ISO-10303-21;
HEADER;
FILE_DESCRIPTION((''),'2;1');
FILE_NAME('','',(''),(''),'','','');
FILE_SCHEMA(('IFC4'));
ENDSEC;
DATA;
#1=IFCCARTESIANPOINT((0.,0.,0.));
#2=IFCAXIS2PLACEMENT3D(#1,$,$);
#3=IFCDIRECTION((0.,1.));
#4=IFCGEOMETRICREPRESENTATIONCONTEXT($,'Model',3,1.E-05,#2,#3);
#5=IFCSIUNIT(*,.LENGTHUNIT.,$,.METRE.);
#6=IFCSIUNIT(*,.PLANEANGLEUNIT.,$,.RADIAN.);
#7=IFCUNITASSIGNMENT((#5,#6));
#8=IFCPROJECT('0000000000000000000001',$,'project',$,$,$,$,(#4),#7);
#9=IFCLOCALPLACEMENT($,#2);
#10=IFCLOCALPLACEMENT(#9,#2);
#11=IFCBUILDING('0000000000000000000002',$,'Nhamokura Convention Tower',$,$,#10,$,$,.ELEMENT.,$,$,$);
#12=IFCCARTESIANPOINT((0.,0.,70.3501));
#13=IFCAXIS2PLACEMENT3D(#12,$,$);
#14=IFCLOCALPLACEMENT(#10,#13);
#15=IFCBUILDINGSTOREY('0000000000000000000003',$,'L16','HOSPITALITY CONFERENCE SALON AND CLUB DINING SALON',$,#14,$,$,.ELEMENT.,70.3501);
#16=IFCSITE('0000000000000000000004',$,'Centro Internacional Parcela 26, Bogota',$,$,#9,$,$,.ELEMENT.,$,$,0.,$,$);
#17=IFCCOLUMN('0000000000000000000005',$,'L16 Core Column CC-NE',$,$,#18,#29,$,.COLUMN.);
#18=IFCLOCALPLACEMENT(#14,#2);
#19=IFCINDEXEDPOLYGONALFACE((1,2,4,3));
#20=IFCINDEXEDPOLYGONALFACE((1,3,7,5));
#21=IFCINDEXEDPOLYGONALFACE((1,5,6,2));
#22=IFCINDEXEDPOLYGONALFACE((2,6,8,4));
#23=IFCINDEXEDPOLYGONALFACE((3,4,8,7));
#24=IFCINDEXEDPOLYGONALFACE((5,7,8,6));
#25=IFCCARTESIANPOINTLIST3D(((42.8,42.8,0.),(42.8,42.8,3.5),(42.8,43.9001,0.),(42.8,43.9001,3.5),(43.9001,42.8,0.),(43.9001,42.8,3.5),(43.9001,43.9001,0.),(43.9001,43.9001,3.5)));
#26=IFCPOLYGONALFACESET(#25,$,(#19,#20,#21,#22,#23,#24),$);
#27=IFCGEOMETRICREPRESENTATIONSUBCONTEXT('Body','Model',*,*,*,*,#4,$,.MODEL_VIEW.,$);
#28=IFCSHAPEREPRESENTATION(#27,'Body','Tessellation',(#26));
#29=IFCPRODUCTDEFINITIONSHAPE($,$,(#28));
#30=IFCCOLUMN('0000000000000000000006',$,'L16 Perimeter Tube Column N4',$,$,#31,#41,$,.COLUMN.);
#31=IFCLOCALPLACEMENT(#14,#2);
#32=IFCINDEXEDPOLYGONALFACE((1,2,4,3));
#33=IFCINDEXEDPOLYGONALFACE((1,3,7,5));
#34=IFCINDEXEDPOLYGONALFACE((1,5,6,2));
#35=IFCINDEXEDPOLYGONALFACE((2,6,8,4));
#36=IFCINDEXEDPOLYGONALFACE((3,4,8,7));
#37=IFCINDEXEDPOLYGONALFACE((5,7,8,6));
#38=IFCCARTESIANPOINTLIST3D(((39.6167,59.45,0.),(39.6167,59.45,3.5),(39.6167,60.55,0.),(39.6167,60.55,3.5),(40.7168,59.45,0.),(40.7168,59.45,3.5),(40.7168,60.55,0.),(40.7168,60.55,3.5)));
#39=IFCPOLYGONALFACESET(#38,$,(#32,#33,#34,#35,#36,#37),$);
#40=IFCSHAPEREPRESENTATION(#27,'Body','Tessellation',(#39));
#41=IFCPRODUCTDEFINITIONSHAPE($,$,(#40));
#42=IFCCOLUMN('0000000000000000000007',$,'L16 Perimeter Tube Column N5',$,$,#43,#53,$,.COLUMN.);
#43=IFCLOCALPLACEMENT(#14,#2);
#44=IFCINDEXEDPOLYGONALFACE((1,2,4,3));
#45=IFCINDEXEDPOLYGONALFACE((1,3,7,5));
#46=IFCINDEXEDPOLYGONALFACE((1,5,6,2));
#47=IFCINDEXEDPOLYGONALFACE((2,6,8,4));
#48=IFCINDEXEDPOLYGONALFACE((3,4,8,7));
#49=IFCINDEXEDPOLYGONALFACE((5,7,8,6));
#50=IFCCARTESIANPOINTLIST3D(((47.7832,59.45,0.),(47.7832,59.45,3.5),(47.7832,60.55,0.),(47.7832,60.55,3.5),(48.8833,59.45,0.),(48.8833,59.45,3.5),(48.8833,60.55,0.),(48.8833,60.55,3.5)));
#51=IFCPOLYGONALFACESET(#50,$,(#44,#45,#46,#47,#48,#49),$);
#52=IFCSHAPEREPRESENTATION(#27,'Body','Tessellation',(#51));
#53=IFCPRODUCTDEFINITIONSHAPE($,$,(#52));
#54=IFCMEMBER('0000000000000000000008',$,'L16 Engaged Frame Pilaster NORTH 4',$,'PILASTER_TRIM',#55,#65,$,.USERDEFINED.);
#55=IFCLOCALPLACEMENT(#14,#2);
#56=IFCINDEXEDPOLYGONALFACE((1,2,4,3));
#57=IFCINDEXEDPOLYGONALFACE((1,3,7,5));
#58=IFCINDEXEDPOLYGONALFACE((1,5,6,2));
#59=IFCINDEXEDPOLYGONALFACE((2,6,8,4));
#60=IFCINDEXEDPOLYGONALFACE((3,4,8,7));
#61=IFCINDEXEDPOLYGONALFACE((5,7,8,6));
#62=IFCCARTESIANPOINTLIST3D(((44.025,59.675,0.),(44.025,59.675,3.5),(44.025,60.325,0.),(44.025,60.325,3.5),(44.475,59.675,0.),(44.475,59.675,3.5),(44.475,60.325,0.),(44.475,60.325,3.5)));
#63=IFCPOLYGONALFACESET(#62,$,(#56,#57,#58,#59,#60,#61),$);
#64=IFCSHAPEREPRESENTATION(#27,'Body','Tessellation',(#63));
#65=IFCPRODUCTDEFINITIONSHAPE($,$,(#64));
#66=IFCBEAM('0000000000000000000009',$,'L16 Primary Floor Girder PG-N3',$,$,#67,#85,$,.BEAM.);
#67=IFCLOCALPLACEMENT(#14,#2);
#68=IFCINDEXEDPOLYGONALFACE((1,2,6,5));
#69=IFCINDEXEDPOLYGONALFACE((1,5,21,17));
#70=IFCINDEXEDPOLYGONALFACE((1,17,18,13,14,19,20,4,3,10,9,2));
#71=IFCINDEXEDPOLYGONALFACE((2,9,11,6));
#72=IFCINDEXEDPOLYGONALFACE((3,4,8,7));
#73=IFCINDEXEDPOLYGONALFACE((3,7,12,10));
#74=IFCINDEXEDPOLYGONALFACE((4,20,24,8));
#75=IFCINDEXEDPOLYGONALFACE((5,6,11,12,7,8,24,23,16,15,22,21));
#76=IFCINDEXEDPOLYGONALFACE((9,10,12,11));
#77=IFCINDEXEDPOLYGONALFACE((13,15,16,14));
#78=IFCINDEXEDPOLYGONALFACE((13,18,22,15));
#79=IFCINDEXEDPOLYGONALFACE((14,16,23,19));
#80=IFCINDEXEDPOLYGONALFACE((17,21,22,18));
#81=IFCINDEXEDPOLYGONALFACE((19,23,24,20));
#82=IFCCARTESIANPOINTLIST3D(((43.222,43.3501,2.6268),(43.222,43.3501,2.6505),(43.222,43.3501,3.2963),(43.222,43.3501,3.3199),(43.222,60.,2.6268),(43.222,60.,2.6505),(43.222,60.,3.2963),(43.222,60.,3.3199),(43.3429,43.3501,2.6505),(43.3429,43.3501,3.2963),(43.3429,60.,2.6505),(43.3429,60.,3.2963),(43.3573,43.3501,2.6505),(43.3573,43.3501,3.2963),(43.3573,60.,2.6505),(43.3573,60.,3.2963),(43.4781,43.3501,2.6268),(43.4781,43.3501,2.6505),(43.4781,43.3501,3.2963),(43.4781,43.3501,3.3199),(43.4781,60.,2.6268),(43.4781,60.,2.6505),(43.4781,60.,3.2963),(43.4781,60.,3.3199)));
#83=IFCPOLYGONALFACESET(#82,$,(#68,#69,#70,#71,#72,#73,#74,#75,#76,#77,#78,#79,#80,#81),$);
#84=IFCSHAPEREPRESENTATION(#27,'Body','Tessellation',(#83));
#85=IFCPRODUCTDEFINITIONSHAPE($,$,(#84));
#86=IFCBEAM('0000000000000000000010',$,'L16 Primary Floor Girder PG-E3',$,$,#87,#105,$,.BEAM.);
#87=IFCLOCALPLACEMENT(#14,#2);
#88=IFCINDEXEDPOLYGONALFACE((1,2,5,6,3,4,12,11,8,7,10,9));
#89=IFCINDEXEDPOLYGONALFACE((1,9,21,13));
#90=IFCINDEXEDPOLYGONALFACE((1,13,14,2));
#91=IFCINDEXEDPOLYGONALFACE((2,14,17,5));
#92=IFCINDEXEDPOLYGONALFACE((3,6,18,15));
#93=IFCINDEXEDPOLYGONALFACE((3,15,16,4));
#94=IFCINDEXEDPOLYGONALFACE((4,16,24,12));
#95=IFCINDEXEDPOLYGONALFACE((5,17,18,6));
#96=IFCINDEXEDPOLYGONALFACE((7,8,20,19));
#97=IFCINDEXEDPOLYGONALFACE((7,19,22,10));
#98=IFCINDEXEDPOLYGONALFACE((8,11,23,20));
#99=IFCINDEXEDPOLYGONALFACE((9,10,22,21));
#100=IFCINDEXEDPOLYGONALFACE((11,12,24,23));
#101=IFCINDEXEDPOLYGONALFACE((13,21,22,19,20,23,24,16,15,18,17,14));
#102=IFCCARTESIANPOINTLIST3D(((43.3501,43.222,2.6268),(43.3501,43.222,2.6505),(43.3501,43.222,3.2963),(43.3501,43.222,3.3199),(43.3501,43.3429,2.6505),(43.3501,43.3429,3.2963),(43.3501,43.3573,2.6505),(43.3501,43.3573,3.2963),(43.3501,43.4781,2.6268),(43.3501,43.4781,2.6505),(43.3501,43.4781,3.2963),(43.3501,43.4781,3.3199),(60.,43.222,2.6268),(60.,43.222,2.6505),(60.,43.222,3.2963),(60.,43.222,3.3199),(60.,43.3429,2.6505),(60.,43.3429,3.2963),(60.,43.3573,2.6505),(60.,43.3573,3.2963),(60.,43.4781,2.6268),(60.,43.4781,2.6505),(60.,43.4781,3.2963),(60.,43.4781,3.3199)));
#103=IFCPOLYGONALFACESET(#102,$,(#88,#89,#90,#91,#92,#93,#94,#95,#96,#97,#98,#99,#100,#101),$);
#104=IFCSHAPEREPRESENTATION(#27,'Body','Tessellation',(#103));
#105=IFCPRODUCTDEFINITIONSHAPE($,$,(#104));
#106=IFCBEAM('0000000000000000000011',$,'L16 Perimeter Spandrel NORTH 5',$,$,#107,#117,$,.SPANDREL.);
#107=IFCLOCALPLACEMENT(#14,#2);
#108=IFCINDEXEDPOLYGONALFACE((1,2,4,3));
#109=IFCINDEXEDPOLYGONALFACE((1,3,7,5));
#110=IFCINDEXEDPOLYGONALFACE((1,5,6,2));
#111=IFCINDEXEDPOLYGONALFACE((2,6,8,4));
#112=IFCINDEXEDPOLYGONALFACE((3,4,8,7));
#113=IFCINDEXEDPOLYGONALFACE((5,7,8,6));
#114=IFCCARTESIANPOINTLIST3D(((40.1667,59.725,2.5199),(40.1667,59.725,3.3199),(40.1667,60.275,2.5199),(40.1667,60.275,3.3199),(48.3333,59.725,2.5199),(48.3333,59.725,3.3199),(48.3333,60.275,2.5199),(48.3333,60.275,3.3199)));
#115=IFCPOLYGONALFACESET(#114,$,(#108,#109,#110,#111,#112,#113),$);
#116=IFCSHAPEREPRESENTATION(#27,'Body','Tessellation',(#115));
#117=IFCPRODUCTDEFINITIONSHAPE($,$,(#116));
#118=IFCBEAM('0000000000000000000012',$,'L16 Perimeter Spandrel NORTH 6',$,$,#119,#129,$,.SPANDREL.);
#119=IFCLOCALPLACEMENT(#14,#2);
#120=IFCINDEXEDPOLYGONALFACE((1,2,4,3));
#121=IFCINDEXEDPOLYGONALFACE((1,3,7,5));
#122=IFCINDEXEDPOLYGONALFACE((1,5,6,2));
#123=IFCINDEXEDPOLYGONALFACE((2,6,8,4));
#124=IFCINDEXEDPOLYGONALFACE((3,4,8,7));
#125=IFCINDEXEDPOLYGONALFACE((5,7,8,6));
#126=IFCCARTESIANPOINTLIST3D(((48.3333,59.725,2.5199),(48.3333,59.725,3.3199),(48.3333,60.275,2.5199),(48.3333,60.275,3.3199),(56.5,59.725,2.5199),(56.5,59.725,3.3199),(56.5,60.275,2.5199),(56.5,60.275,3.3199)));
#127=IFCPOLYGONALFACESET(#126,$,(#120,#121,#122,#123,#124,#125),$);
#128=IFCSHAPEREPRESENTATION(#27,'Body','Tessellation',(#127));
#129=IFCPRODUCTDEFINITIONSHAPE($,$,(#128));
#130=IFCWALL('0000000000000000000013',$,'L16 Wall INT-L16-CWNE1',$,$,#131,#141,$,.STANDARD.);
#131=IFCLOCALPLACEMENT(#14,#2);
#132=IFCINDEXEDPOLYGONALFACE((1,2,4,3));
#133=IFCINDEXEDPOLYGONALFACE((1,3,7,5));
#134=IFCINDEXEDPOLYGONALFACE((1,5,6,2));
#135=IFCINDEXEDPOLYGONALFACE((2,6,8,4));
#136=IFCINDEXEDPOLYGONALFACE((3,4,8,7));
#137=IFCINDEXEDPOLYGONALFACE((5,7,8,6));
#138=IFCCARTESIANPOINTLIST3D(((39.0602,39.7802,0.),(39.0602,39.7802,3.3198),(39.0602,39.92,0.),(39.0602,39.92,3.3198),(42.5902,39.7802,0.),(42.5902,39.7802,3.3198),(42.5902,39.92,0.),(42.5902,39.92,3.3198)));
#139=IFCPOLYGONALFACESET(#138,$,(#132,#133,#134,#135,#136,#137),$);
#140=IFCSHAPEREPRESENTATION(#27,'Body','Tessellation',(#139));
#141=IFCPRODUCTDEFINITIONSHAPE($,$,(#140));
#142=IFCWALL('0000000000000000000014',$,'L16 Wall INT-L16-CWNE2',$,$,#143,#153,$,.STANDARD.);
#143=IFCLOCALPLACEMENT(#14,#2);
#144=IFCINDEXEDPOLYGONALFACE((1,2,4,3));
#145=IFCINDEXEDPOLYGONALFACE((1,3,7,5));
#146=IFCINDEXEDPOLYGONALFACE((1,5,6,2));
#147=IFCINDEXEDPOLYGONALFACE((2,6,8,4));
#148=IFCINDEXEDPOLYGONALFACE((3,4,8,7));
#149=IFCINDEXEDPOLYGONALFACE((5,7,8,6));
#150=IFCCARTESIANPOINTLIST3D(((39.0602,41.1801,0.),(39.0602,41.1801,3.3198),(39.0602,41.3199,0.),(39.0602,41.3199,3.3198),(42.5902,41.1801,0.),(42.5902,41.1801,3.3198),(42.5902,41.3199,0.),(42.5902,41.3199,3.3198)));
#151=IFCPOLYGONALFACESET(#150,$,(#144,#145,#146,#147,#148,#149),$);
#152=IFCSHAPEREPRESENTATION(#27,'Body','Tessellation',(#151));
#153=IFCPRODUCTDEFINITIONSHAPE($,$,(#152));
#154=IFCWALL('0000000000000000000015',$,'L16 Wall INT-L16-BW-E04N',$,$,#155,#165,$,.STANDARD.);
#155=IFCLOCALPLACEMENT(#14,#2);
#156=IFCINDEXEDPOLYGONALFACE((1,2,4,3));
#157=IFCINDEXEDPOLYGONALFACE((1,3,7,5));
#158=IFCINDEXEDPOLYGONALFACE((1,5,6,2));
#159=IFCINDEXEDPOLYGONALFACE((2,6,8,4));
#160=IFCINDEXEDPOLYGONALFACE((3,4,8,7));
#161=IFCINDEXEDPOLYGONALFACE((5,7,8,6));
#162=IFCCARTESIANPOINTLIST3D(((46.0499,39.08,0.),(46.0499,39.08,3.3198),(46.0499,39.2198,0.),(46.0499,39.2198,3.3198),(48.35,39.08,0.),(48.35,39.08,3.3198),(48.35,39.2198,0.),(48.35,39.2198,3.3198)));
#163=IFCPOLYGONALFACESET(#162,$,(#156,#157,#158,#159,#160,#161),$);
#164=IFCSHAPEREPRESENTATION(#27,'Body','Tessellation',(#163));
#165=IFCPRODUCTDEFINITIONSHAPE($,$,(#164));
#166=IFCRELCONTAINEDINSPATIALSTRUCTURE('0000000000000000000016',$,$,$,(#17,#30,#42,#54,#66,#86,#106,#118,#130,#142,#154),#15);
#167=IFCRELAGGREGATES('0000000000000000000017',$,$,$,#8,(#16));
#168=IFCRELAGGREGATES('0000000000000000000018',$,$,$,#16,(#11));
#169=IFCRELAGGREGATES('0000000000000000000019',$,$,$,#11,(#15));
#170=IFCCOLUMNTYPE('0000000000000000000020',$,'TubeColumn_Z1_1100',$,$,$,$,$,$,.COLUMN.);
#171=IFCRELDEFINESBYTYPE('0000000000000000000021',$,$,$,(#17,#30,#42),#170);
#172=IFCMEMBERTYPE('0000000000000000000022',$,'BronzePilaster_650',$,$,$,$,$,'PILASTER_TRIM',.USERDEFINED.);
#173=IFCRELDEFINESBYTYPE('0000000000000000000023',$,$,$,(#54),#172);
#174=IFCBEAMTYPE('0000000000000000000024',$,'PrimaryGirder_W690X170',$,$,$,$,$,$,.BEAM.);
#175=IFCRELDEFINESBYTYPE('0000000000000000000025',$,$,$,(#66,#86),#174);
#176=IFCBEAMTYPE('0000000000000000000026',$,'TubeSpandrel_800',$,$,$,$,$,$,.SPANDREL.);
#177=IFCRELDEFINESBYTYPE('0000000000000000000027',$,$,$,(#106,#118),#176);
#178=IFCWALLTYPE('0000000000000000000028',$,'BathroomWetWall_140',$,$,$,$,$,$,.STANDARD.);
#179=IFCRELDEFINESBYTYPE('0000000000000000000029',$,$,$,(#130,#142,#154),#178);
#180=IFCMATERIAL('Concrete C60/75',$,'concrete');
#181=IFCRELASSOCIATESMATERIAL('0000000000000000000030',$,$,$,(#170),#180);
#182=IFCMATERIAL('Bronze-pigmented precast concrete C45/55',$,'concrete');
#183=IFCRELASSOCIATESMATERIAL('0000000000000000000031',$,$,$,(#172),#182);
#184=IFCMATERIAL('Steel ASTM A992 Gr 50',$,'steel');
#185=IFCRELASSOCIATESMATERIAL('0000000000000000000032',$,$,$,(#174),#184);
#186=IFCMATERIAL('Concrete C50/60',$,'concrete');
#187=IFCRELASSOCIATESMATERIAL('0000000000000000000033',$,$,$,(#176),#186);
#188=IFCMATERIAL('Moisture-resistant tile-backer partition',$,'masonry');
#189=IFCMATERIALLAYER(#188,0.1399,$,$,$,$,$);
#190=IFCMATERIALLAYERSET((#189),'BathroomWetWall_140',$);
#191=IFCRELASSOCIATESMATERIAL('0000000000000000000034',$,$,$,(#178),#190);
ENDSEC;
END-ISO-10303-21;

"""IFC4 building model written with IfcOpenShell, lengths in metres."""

from ifc_helpers import new_model, si_unit, direction, frame, frame_2d, origin, origin_2d, place, context, subcontext, project, spatial, rectangle, i_section, extrude, material, layer, layer_set, material_profile, profile_set, type_object, element, save


model = new_model("IFC4")

# Units and contexts
model_context = context("Model", 3, precision=1e-05, world=origin(), true_north=direction((0.0, 1.0)))
body_context = subcontext(model_context, "Body", "Model", "MODEL_VIEW")
ifc_project = project(units=[si_unit("LENGTHUNIT", "METRE"), si_unit("PLANEANGLEUNIT", "RADIAN")], contexts=[model_context])

# Site, building, storey
site_placement = place(None, origin())
site = spatial("IfcSite", under=ifc_project, at=site_placement, Name="Centro Internacional Parcela 26, Bogota", CompositionType="ELEMENT", RefElevation=0.0)
building_placement = place(site_placement, origin())
building = spatial("IfcBuilding", under=site, at=building_placement, Name="Nhamokura Convention Tower", CompositionType="ELEMENT")
storey_placement = place(building_placement, frame((0.0, 0.0, 70.3501)))
storey = spatial("IfcBuildingStorey", under=building, at=storey_placement, Name="L16", Description="HOSPITALITY CONFERENCE SALON AND CLUB DINING SALON", CompositionType="ELEMENT", Elevation=70.3501)

# Columns
ifc_material_1 = material(Name="Concrete C60/75", Category="concrete")
ifc_material_profile_1 = material_profile(ifc_material_1, rectangle(XDim=1.1001, YDim=1.1001, at=origin_2d()))
ifc_profile_set_1 = profile_set([ifc_material_profile_1], Name="Concrete C60/75")
column_type = type_object("IfcColumnType", Name="TubeColumn_Z1_1100", PredefinedType="COLUMN", material=ifc_profile_set_1)
for number, where, z_axis, x_axis, name in (
    (1, (43.3501, 43.3501, 0.0), (0.0, 0.0, 1.0), (1.0, 0.0, 0.0), "L16 Core Column CC-NE"),
    (2, (40.1667, 60.0, 0.0), (0.0, 0.0, 1.0), (1.0, 0.0, 0.0), "L16 Perimeter Tube Column N4"),
    (3, (48.3333, 60.0, 0.0), (0.0, 0.0, 1.0), (1.0, 0.0, 0.0), "L16 Perimeter Tube Column N5"),
):
    element("IfcColumn", number, at=place(storey_placement, frame(where, z_axis=z_axis, x_axis=x_axis)), inside=storey, type_object=column_type, Name=name, PredefinedType="COLUMN", context=body_context, shape_type="SweptSolid", body=[
        extrude(rectangle(XDim=1.1001, YDim=1.1001, at=origin_2d()), origin(), (0.0, 0.0, 1.0), 3.5),
    ])

# Member
ifc_material_2 = material(Name="Bronze-pigmented precast concrete C45/55", Category="concrete")
ifc_material_profile_2 = material_profile(ifc_material_2, rectangle(XDim=0.45, YDim=0.6499, at=origin_2d()))
ifc_profile_set_2 = profile_set([ifc_material_profile_2], Name="Bronze-pigmented precast concrete C45/55")
member_type = type_object("IfcMemberType", Name="BronzePilaster_650", ElementType="PILASTER_TRIM", PredefinedType="USERDEFINED", material=ifc_profile_set_2)
member_placement = place(storey_placement, frame((44.25, 60.0, 0.0), z_axis=(0.0, 0.0, 1.0), x_axis=(1.0, 0.0, 0.0)))
element("IfcMember", 4, at=member_placement, inside=storey, type_object=member_type, Name="L16 Engaged Frame Pilaster NORTH 4", ObjectType="PILASTER_TRIM", PredefinedType="USERDEFINED", context=body_context, shape_type="SweptSolid", body=[
    extrude(rectangle(XDim=0.45, YDim=0.6499, at=origin_2d()), origin(), (0.0, 0.0, 1.0), 3.5),
])

# Beams
ifc_material_3 = material(Name="Steel ASTM A992 Gr 50", Category="steel")
ifc_material_profile_3 = material_profile(ifc_material_3, i_section(OverallWidth=0.2561, OverallDepth=0.6931, WebThickness=0.0144, FlangeThickness=0.0237, at=origin_2d()))
ifc_profile_set_3 = profile_set([ifc_material_profile_3], Name="Steel ASTM A992 Gr 50")
beam_type_1 = type_object("IfcBeamType", Name="PrimaryGirder_W690X170", PredefinedType="BEAM", material=ifc_profile_set_3)
for number, where, z_axis, x_axis, name in (
    (5, (43.3501, 43.3501, 2.9734), (0.0, 1.0, 0.0), (-1.0, 0.0, 0.0), "L16 Primary Floor Girder PG-N3"),
    (6, (43.3501, 43.3501, 2.9734), (1.0, 0.0, 0.0), (0.0, 1.0, 0.0), "L16 Primary Floor Girder PG-E3"),
):
    element("IfcBeam", number, at=place(storey_placement, frame(where, z_axis=z_axis, x_axis=x_axis)), inside=storey, type_object=beam_type_1, Name=name, PredefinedType="BEAM", context=body_context, shape_type="SweptSolid", body=[
        extrude(i_section(OverallWidth=0.2561, OverallDepth=0.6931, WebThickness=0.0144, FlangeThickness=0.0237, at=origin_2d()), origin(), (0.0, 0.0, 1.0), 16.6499),
    ])
ifc_material_4 = material(Name="Concrete C50/60", Category="concrete")
ifc_material_profile_4 = material_profile(ifc_material_4, rectangle(XDim=0.55, YDim=0.8, at=origin_2d()))
ifc_profile_set_4 = profile_set([ifc_material_profile_4], Name="Concrete C50/60")
beam_type_2 = type_object("IfcBeamType", Name="TubeSpandrel_800", PredefinedType="SPANDREL", material=ifc_profile_set_4)
beam_1_placement = place(storey_placement, frame((40.1667, 60.0, 2.9199), z_axis=(1.0, 0.0, 0.0), x_axis=(0.0, 1.0, 0.0)))
element("IfcBeam", 7, at=beam_1_placement, inside=storey, type_object=beam_type_2, Name="L16 Perimeter Spandrel NORTH 5", PredefinedType="SPANDREL", context=body_context, shape_type="SweptSolid", body=[
    extrude(rectangle(XDim=0.55, YDim=0.8, at=origin_2d()), origin(), (0.0, 0.0, 1.0), 8.1665),
])
beam_2_placement = place(storey_placement, frame((48.3333, 60.0, 2.9199), z_axis=(1.0, 0.0, 0.0), x_axis=(0.0, 1.0, 0.0)))
element("IfcBeam", 8, at=beam_2_placement, inside=storey, type_object=beam_type_2, Name="L16 Perimeter Spandrel NORTH 6", PredefinedType="SPANDREL", context=body_context, shape_type="SweptSolid", body=[
    extrude(rectangle(XDim=0.55, YDim=0.8, at=origin_2d()), origin(), (0.0, 0.0, 1.0), 8.1667),
])

# Walls
ifc_material_5 = material(Name="Moisture-resistant tile-backer partition", Category="masonry")
ifc_layer_1 = layer(ifc_material_5, 0.1399)
ifc_layer_set_1 = layer_set([ifc_layer_1], Name="BathroomWetWall_140")
wall_type_1 = type_object("IfcWallType", Name="BathroomWetWall_140", PredefinedType="STANDARD", material=ifc_layer_set_1)
for number, where, z_axis, x_axis, name in (
    (9, (39.0601, 39.8501, 0.0), (0.0, 0.0, 1.0), (1.0, 0.0, 0.0), "L16 Wall INT-L16-CWNE1"),
    (10, (39.0601, 41.25, 0.0), (0.0, 0.0, 1.0), (1.0, 0.0, 0.0), "L16 Wall INT-L16-CWNE2"),
):
    element("IfcWall", number, at=place(storey_placement, frame(where, z_axis=z_axis, x_axis=x_axis)), inside=storey, type_object=wall_type_1, Name=name, PredefinedType="STANDARD", context=body_context, shape_type="SweptSolid", body=[
        extrude(rectangle(XDim=3.53, YDim=0.1399, at=frame_2d((1.7651, 0.0))), origin(), (0.0, 0.0, 1.0), 3.3198),
    ])
wall_1_placement = place(storey_placement, frame((46.05, 39.1499, 0.0), z_axis=(0.0, 0.0, 1.0), x_axis=(1.0, 0.0, 0.0)))
element("IfcWall", 11, at=wall_1_placement, inside=storey, type_object=wall_type_1, Name="L16 Wall INT-L16-BW-E04N", PredefinedType="STANDARD", context=body_context, shape_type="SweptSolid", body=[
    extrude(rectangle(XDim=2.3, YDim=0.1399, at=frame_2d((1.1499, 0.0))), origin(), (0.0, 0.0, 1.0), 3.3198),
])

save(model, "model.ifc")
